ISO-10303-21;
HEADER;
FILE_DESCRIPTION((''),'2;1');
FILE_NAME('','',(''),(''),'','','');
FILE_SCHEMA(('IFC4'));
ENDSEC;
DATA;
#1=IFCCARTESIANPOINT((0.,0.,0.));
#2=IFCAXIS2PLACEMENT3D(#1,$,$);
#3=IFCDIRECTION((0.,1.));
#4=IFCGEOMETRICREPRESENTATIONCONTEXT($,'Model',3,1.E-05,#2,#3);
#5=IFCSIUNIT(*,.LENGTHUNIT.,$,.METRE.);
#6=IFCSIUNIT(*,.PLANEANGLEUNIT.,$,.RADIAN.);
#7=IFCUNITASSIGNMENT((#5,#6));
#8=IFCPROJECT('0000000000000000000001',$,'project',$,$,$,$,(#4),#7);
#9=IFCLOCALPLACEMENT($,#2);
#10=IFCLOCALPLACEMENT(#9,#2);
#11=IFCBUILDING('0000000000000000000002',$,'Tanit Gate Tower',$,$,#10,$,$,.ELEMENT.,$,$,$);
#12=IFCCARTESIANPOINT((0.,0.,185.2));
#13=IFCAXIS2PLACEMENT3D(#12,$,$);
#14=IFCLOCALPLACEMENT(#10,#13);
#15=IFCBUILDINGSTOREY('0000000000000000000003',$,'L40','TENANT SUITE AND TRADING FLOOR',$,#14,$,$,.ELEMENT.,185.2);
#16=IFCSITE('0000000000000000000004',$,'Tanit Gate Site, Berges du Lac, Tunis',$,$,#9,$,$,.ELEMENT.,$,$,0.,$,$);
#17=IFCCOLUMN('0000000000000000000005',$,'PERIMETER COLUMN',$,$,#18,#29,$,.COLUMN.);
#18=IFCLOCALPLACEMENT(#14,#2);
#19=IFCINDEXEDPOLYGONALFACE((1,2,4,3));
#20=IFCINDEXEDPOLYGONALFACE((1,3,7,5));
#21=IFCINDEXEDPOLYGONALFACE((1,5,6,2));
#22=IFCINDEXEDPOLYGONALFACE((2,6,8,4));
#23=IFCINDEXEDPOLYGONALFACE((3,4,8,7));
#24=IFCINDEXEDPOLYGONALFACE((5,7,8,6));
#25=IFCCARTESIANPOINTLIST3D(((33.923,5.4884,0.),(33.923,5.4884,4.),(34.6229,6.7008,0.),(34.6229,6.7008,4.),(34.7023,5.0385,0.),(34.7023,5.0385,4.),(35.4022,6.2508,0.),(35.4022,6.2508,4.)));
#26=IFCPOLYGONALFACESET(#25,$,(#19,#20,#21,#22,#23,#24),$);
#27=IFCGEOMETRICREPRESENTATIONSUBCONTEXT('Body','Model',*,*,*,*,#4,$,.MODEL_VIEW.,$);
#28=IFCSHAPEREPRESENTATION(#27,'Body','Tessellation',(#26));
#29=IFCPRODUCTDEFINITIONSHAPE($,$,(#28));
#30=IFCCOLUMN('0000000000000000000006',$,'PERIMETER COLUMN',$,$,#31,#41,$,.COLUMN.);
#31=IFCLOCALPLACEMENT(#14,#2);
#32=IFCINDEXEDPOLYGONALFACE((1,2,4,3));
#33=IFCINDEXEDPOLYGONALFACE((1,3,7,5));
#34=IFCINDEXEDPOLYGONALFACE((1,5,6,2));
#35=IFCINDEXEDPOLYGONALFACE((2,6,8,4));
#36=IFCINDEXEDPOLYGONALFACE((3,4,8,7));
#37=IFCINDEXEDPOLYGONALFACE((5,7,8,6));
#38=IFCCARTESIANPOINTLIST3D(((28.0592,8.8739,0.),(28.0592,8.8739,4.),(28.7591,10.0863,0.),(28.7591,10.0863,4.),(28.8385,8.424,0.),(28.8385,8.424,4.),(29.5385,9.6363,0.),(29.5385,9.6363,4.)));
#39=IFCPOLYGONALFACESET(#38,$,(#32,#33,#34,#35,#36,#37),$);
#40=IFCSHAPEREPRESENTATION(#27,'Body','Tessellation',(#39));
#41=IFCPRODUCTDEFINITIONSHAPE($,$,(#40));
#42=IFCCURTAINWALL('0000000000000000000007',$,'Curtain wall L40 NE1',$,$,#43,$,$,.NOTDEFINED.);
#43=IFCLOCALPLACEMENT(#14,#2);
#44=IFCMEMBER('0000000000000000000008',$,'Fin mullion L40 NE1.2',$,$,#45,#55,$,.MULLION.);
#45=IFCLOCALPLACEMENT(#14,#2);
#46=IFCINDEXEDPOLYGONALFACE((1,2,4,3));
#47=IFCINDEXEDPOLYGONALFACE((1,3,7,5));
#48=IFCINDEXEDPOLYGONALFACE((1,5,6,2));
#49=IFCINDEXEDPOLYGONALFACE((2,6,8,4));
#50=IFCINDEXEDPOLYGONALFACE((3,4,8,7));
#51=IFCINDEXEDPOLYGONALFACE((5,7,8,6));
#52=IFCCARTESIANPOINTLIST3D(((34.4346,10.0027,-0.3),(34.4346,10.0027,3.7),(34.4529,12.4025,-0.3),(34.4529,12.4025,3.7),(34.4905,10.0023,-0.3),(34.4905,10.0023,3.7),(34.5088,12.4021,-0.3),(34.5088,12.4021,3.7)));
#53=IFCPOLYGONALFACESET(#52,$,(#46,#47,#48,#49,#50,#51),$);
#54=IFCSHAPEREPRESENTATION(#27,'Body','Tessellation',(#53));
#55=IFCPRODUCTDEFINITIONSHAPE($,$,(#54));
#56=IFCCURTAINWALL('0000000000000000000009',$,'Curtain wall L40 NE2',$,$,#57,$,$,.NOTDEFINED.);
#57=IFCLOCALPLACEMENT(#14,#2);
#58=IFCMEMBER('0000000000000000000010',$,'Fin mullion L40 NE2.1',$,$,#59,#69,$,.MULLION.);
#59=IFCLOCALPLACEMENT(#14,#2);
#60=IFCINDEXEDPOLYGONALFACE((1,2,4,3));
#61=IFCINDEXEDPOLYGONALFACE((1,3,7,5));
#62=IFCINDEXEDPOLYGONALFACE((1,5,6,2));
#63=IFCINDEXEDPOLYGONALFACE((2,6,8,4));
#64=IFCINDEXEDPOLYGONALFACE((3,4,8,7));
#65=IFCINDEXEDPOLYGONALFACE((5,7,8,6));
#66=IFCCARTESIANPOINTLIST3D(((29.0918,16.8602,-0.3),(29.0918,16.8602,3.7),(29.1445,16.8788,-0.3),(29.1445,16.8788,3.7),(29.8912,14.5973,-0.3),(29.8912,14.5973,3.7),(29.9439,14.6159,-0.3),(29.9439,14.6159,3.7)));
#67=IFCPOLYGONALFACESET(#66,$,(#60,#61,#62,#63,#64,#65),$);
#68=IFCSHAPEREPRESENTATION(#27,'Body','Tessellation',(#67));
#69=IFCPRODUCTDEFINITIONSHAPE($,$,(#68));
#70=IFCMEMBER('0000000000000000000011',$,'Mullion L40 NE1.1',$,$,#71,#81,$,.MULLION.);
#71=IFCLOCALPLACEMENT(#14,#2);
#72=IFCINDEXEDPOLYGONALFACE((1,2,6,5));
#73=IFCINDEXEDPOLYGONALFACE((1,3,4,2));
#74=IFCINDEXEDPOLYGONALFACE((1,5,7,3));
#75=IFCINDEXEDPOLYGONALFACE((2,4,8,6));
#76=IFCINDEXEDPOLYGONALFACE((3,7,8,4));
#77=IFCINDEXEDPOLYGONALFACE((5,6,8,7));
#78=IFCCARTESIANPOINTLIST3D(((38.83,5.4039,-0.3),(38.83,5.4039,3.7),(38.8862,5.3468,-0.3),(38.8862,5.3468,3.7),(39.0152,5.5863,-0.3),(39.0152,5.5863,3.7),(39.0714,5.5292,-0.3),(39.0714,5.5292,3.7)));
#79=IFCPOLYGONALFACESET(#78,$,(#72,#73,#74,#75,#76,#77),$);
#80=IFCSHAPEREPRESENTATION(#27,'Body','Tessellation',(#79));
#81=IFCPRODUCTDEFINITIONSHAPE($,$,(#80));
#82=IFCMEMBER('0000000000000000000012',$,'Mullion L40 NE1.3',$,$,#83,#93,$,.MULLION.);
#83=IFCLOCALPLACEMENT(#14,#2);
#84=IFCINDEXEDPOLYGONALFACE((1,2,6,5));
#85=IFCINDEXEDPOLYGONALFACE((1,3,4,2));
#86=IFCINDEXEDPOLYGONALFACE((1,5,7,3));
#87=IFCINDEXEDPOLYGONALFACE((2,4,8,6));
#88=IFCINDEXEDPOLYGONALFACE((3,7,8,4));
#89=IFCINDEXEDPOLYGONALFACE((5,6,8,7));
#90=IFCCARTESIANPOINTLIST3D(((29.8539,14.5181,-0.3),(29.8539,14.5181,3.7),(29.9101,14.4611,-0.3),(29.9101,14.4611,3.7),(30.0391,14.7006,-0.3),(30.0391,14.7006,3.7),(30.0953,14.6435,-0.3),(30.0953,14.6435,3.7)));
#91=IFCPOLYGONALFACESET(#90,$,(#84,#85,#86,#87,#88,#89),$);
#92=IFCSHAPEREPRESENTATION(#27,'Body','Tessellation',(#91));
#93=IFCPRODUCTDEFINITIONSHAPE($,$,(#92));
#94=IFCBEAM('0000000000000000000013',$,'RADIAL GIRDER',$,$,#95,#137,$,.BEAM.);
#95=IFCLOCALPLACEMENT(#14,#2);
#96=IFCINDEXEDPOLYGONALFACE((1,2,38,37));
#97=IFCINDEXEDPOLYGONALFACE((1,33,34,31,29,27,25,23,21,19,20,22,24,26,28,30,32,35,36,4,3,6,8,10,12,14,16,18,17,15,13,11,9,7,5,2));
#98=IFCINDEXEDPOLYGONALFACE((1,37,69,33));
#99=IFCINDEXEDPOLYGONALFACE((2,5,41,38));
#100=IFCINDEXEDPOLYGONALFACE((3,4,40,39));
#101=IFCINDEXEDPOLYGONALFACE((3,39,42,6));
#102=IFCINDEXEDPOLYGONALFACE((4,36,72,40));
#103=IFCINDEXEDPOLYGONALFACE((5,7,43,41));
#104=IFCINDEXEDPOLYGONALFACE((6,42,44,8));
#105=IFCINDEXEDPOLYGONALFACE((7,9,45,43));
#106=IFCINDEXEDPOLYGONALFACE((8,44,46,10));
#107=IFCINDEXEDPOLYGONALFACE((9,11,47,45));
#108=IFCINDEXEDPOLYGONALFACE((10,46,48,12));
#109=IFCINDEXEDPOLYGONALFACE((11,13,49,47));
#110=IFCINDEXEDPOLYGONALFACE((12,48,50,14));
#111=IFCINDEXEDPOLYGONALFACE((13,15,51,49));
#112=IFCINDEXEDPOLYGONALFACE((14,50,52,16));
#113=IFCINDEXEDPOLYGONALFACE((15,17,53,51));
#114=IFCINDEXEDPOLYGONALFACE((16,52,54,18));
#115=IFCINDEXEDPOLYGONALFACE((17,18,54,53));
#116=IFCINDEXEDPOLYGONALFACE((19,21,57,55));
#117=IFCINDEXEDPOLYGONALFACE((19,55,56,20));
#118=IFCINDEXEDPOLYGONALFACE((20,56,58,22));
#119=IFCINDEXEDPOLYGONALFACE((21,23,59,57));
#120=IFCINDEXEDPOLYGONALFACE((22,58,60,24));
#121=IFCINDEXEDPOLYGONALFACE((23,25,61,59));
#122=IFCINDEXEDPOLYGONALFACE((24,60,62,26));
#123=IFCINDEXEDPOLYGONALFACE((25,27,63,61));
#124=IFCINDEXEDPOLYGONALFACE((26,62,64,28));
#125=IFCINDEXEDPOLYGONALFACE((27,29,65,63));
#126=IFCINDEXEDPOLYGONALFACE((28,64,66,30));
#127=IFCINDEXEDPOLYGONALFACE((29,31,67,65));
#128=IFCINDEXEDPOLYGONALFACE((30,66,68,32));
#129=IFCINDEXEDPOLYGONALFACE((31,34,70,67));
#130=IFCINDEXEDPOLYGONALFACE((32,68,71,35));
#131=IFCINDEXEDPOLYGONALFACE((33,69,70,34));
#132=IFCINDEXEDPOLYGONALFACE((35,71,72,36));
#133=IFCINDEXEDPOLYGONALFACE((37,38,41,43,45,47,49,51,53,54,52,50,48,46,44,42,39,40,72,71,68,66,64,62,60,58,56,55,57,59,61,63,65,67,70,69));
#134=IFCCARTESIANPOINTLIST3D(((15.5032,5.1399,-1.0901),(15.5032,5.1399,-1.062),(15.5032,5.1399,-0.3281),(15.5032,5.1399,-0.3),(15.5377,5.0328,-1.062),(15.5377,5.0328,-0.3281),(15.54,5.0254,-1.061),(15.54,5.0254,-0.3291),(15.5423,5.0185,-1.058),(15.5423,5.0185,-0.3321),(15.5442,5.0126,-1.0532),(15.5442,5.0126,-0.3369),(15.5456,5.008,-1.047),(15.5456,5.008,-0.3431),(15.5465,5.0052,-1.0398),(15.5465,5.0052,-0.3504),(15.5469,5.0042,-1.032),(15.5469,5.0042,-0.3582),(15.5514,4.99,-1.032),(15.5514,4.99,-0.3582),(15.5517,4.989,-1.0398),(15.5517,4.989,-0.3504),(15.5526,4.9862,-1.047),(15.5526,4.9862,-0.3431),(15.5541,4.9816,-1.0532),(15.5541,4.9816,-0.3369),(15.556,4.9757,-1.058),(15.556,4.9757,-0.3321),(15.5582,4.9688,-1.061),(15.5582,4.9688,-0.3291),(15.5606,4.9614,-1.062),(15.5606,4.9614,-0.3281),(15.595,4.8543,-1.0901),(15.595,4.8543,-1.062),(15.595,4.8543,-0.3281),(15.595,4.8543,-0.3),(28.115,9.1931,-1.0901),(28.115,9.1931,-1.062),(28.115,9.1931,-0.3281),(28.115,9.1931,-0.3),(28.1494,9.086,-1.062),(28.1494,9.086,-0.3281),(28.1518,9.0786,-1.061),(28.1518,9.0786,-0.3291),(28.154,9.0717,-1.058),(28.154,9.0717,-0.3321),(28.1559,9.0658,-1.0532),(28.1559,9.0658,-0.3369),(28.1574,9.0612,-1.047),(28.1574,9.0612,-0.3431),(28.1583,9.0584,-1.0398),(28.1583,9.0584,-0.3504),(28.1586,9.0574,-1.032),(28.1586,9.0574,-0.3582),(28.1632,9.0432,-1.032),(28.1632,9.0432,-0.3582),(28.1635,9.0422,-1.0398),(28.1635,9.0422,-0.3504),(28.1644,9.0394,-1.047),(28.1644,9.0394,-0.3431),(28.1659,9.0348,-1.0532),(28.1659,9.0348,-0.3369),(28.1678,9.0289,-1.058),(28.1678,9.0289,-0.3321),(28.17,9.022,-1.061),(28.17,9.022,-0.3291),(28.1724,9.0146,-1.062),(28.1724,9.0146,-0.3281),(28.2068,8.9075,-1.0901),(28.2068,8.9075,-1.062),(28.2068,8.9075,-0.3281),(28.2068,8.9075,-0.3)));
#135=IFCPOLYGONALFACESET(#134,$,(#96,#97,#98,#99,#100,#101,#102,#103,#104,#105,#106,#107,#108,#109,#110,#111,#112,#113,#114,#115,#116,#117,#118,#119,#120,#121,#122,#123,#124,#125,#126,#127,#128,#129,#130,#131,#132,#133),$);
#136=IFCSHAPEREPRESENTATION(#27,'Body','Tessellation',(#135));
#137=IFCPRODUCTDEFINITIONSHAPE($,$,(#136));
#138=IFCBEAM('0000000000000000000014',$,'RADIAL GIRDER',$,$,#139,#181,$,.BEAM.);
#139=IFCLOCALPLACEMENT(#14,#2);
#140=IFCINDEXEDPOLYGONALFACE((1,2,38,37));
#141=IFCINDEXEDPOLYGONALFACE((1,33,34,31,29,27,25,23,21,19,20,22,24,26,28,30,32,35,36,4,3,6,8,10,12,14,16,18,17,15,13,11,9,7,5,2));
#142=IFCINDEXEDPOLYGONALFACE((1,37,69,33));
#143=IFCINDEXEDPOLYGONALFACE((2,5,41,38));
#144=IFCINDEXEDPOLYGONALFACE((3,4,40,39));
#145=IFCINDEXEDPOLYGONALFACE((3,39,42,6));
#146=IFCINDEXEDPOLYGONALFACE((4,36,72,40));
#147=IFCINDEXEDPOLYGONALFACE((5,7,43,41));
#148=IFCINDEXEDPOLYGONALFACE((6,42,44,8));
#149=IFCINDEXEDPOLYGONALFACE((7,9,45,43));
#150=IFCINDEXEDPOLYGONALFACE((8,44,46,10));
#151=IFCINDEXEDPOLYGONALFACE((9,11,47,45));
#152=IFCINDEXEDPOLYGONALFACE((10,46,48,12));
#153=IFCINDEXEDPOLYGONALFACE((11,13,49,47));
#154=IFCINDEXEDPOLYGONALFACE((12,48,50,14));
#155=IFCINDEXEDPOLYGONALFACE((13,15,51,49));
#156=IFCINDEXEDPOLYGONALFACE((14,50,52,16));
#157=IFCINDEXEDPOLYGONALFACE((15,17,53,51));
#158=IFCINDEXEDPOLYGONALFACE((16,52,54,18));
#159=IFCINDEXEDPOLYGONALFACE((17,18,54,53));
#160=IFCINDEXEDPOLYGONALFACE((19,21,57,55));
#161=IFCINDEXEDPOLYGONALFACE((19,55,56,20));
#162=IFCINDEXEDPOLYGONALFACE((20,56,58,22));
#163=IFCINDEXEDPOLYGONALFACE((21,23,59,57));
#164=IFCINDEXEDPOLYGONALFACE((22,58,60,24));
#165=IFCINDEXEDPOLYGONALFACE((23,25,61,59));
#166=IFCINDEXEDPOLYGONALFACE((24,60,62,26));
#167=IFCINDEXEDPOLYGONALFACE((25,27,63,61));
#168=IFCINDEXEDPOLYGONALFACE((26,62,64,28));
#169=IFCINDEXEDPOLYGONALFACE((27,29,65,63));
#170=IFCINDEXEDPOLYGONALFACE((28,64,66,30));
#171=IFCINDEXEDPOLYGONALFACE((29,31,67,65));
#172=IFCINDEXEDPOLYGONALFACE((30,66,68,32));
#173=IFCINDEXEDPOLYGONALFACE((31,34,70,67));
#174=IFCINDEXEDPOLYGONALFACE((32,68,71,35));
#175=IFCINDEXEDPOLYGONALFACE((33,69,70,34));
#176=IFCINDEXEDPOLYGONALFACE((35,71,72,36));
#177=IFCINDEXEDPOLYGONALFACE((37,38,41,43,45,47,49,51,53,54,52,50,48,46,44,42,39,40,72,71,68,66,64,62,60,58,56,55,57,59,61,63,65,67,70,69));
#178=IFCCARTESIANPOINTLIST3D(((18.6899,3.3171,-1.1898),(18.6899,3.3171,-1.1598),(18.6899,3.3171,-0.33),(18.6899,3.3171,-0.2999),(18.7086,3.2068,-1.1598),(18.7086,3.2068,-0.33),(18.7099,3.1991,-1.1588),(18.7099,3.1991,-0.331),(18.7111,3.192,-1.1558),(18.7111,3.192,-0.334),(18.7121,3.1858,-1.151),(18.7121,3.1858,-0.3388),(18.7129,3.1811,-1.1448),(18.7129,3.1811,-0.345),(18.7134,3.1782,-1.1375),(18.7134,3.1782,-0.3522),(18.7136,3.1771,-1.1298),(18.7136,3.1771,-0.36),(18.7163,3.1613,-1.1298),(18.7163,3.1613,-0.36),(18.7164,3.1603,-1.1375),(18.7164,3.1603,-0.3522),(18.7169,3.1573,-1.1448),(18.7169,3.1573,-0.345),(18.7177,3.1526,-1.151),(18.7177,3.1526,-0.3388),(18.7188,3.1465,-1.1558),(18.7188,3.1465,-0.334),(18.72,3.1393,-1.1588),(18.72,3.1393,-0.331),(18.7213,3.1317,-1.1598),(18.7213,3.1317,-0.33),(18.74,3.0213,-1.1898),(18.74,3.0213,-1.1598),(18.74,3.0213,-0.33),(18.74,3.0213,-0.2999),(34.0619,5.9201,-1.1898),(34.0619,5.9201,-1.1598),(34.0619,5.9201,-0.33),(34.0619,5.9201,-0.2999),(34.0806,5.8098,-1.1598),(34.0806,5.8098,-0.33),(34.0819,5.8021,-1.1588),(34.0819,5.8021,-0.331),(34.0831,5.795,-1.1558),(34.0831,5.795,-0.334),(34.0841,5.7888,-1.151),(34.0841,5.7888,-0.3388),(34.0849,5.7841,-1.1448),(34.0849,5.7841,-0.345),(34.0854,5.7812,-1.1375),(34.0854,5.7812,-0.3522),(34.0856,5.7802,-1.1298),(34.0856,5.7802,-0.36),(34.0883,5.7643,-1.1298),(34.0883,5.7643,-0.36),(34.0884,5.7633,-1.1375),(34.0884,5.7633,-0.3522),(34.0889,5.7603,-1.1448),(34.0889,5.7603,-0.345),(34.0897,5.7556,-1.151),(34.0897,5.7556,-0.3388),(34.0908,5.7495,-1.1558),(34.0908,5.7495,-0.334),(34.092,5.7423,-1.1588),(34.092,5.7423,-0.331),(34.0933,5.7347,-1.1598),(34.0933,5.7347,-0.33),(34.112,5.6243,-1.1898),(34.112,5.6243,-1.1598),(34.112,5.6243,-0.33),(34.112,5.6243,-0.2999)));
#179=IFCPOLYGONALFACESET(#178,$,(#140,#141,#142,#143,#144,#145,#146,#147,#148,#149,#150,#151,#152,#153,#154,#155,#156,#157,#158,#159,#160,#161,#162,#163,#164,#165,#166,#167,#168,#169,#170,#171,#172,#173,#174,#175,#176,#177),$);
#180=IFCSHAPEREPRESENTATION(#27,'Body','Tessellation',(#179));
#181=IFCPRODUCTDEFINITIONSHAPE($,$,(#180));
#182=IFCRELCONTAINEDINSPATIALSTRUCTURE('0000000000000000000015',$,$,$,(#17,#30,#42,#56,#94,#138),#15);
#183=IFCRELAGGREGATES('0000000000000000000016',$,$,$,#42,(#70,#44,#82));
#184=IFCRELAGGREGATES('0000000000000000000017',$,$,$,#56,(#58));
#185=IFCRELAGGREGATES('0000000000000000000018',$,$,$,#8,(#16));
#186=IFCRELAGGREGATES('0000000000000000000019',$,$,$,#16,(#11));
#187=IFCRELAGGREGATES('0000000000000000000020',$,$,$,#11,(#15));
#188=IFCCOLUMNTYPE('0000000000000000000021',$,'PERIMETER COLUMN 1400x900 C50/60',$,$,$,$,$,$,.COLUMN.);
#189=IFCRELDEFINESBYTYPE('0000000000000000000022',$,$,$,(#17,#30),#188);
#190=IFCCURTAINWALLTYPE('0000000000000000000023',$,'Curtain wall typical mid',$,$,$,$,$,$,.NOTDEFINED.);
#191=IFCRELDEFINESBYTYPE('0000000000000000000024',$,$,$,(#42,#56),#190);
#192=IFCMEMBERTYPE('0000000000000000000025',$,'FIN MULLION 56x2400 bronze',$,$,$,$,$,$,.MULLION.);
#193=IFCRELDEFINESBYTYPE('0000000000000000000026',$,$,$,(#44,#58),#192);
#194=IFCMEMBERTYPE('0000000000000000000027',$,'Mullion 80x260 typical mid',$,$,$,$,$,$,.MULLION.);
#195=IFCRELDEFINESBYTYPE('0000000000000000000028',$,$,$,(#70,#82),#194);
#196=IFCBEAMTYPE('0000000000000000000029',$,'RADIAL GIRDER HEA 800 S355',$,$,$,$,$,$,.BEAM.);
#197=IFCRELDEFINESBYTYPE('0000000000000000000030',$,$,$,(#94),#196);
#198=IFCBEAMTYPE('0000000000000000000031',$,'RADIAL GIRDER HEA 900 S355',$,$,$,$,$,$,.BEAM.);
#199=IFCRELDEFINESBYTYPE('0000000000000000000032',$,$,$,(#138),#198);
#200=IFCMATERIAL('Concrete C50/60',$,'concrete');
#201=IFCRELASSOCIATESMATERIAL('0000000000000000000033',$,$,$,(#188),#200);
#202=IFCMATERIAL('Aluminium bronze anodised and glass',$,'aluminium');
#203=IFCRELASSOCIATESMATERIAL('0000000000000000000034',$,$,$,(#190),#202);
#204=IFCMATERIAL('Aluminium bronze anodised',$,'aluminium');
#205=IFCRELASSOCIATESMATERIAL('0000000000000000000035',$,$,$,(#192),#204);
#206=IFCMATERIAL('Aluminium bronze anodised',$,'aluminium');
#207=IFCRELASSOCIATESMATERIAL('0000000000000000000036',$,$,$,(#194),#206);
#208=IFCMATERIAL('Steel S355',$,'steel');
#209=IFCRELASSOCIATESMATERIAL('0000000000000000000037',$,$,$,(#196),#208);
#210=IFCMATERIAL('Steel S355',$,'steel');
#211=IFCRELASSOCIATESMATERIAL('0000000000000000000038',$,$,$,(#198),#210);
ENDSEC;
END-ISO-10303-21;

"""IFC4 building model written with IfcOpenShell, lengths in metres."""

from ifc_helpers import new_model, si_unit, direction, frame, origin, origin_2d, place, context, subcontext, project, spatial, rectangle, i_section, extrude, material, material_profile, profile_set, type_object, element, aggregate, save


model = new_model("IFC4")

# Units and contexts
model_context = context("Model", 3, precision=1e-05, world=origin(), true_north=direction((0.0, 1.0)))
body_context = subcontext(model_context, "Body", "Model", "MODEL_VIEW")
ifc_project = project(units=[si_unit("LENGTHUNIT", "METRE"), si_unit("PLANEANGLEUNIT", "RADIAN")], contexts=[model_context])

# Site, building, storey
site_placement = place(None, origin())
site = spatial("IfcSite", under=ifc_project, at=site_placement, Name="Tanit Gate Site, Berges du Lac, Tunis", CompositionType="ELEMENT", RefElevation=0.0)
building_placement = place(site_placement, origin())
building = spatial("IfcBuilding", under=site, at=building_placement, Name="Tanit Gate Tower", CompositionType="ELEMENT")
storey_placement = place(building_placement, frame((0.0, 0.0, 185.2)))
storey = spatial("IfcBuildingStorey", under=building, at=storey_placement, Name="L40", Description="TENANT SUITE AND TRADING FLOOR", CompositionType="ELEMENT", Elevation=185.2)

# Columns
ifc_material_1 = material(Name="Concrete C50/60", Category="concrete")
ifc_material_profile_1 = material_profile(ifc_material_1, rectangle(XDim=1.3999, YDim=0.8999, at=origin_2d()), Name="RC 1400x900")
ifc_profile_set_1 = profile_set([ifc_material_profile_1], Name="Concrete C50/60")
column_type = type_object("IfcColumnType", Name="PERIMETER COLUMN 1400x900 C50/60", PredefinedType="COLUMN", material=ifc_profile_set_1)
for number, where, z_axis, x_axis, name in (
    (1, (34.6626, 5.8696, 0.0), (0.0, 0.0, 1.0), (0.5, 0.866025, 0.0), "PERIMETER COLUMN"),
    (2, (28.7988, 9.2551, 0.0), (0.0, 0.0, 1.0), (0.5, 0.866025, 0.0), "PERIMETER COLUMN"),
):
    element("IfcColumn", number, at=place(storey_placement, frame(where, z_axis=z_axis, x_axis=x_axis)), inside=storey, type_object=column_type, Name=name, PredefinedType="COLUMN", context=body_context, shape_type="SweptSolid", body=[
        extrude(rectangle(XDim=1.3999, YDim=0.8999, at=origin_2d()), origin(), (0.0, 0.0, 1.0), 4.0),
    ])

# Curtain walls, members
ifc_material_2 = material(Name="Aluminium bronze anodised and glass", Category="aluminium")
curtain_wall_type = type_object("IfcCurtainWallType", Name="Curtain wall typical mid", PredefinedType="NOTDEFINED", material=ifc_material_2)
curtain_wall_1_placement = place(storey_placement, origin())
curtain_wall_1 = element("IfcCurtainWall", 3, at=curtain_wall_1_placement, inside=storey, type_object=curtain_wall_type, Name="Curtain wall L40 NE1", PredefinedType="NOTDEFINED")
ifc_material_3 = material(Name="Aluminium bronze anodised", Category="aluminium")
ifc_material_profile_2 = material_profile(ifc_material_3, rectangle(XDim=2.3999, YDim=0.0559, at=origin_2d()), Name="56x2400 bronze fin mullion")
ifc_profile_set_2 = profile_set([ifc_material_profile_2], Name="Aluminium bronze anodised")
member_type_1 = type_object("IfcMemberType", Name="FIN MULLION 56x2400 bronze", PredefinedType="MULLION", material=ifc_profile_set_2)
member_1_placement = place(storey_placement, frame((34.4717, 11.2024, -0.3), z_axis=(0.0, 0.0, 1.0), x_axis=(-0.00764, -0.999971, 0.0)))
member_1 = element("IfcMember", 4, at=member_1_placement, type_object=member_type_1, Name="Fin mullion L40 NE1.2", PredefinedType="MULLION", context=body_context, shape_type="SweptSolid", body=[
    extrude(rectangle(XDim=2.3999, YDim=0.0559, at=origin_2d()), origin(), (0.0, 0.0, 1.0), 4.0),
])
curtain_wall_2_placement = place(storey_placement, origin())
curtain_wall_2 = element("IfcCurtainWall", 5, at=curtain_wall_2_placement, inside=storey, type_object=curtain_wall_type, Name="Curtain wall L40 NE2", PredefinedType="NOTDEFINED")
member_2_placement = place(storey_placement, frame((29.5178, 15.738, -0.3), z_axis=(0.0, 0.0, 1.0), x_axis=(0.33309, -0.942895, 0.0)))
member_2 = element("IfcMember", 6, at=member_2_placement, type_object=member_type_1, Name="Fin mullion L40 NE2.1", PredefinedType="MULLION", context=body_context, shape_type="SweptSolid", body=[
    extrude(rectangle(XDim=2.3999, YDim=0.0559, at=origin_2d()), origin(), (0.0, 0.0, 1.0), 4.0),
])

# Members
ifc_material_4 = material(Name="Aluminium bronze anodised", Category="aluminium")
ifc_material_profile_3 = material_profile(ifc_material_4, rectangle(XDim=0.26, YDim=0.0801, at=origin_2d()), Name="80x260 bronze mullion")
ifc_profile_set_3 = profile_set([ifc_material_profile_3], Name="Aluminium bronze anodised")
member_type_2 = type_object("IfcMemberType", Name="Mullion 80x260 typical mid", PredefinedType="MULLION", material=ifc_profile_set_3)
member_3_placement = place(storey_placement, frame((38.9507, 5.4666, -0.3), z_axis=(0.0, 0.0, 1.0), x_axis=(-0.712489, -0.701684, 0.0)))
member_3 = element("IfcMember", 7, at=member_3_placement, type_object=member_type_2, Name="Mullion L40 NE1.1", PredefinedType="MULLION", context=body_context, shape_type="SweptSolid", body=[
    extrude(rectangle(XDim=0.26, YDim=0.0801, at=origin_2d()), origin(), (0.0, 0.0, 1.0), 4.0),
])
member_4_placement = place(storey_placement, frame((29.9746, 14.5808, -0.3), z_axis=(0.0, 0.0, 1.0), x_axis=(-0.712489, -0.701684, 0.0)))
member_4 = element("IfcMember", 8, at=member_4_placement, type_object=member_type_2, Name="Mullion L40 NE1.3", PredefinedType="MULLION", context=body_context, shape_type="SweptSolid", body=[
    extrude(rectangle(XDim=0.26, YDim=0.0801, at=origin_2d()), origin(), (0.0, 0.0, 1.0), 4.0),
])

# Beams
ifc_material_5 = material(Name="Steel S355", Category="steel")
ifc_material_profile_4 = material_profile(ifc_material_5, i_section(OverallWidth=0.3, OverallDepth=0.79, WebThickness=0.0149, FlangeThickness=0.0281, FilletRadius=0.03, at=origin_2d()), Name="HEA 800")
ifc_profile_set_4 = profile_set([ifc_material_profile_4], Name="Steel S355")
beam_type_1 = type_object("IfcBeamType", Name="RADIAL GIRDER HEA 800 S355", PredefinedType="BEAM", material=ifc_profile_set_4)
beam_1_placement = place(storey_placement, frame((28.1609, 9.0503, -0.6951), z_axis=(-0.952041, -0.30597, 0.0), x_axis=(0.30597, -0.952041, 0.0)))
element("IfcBeam", 9, at=beam_1_placement, inside=storey, type_object=beam_type_1, Name="RADIAL GIRDER", PredefinedType="BEAM", context=body_context, shape_type="SweptSolid", body=[
    extrude(i_section(OverallWidth=0.3, OverallDepth=0.79, WebThickness=0.0149, FlangeThickness=0.0281, FilletRadius=0.03, at=origin_2d()), origin(), (0.0, 0.0, 1.0), 13.2471),
])
ifc_material_6 = material(Name="Steel S355", Category="steel")
ifc_material_profile_5 = material_profile(ifc_material_6, i_section(OverallWidth=0.3, OverallDepth=0.8899, WebThickness=0.0161, FlangeThickness=0.03, FilletRadius=0.03, at=origin_2d()), Name="HEA 900")
ifc_profile_set_5 = profile_set([ifc_material_profile_5], Name="Steel S355")
beam_type_2 = type_object("IfcBeamType", Name="RADIAL GIRDER HEA 900 S355", PredefinedType="BEAM", material=ifc_profile_set_5)
beam_2_placement = place(storey_placement, frame((34.0869, 5.7722, -0.7449), z_axis=(-0.985964, -0.166958, 0.0), x_axis=(0.166958, -0.985964, 0.0)))
element("IfcBeam", 10, at=beam_2_placement, inside=storey, type_object=beam_type_2, Name="RADIAL GIRDER", PredefinedType="BEAM", context=body_context, shape_type="SweptSolid", body=[
    extrude(i_section(OverallWidth=0.3, OverallDepth=0.8899, WebThickness=0.0161, FlangeThickness=0.03, FilletRadius=0.03, at=origin_2d()), origin(), (0.0, 0.0, 1.0), 15.5908),
])

aggregate(curtain_wall_1, [member_3, member_1, member_4])
aggregate(curtain_wall_2, [member_2])

save(model, "model.ifc")
